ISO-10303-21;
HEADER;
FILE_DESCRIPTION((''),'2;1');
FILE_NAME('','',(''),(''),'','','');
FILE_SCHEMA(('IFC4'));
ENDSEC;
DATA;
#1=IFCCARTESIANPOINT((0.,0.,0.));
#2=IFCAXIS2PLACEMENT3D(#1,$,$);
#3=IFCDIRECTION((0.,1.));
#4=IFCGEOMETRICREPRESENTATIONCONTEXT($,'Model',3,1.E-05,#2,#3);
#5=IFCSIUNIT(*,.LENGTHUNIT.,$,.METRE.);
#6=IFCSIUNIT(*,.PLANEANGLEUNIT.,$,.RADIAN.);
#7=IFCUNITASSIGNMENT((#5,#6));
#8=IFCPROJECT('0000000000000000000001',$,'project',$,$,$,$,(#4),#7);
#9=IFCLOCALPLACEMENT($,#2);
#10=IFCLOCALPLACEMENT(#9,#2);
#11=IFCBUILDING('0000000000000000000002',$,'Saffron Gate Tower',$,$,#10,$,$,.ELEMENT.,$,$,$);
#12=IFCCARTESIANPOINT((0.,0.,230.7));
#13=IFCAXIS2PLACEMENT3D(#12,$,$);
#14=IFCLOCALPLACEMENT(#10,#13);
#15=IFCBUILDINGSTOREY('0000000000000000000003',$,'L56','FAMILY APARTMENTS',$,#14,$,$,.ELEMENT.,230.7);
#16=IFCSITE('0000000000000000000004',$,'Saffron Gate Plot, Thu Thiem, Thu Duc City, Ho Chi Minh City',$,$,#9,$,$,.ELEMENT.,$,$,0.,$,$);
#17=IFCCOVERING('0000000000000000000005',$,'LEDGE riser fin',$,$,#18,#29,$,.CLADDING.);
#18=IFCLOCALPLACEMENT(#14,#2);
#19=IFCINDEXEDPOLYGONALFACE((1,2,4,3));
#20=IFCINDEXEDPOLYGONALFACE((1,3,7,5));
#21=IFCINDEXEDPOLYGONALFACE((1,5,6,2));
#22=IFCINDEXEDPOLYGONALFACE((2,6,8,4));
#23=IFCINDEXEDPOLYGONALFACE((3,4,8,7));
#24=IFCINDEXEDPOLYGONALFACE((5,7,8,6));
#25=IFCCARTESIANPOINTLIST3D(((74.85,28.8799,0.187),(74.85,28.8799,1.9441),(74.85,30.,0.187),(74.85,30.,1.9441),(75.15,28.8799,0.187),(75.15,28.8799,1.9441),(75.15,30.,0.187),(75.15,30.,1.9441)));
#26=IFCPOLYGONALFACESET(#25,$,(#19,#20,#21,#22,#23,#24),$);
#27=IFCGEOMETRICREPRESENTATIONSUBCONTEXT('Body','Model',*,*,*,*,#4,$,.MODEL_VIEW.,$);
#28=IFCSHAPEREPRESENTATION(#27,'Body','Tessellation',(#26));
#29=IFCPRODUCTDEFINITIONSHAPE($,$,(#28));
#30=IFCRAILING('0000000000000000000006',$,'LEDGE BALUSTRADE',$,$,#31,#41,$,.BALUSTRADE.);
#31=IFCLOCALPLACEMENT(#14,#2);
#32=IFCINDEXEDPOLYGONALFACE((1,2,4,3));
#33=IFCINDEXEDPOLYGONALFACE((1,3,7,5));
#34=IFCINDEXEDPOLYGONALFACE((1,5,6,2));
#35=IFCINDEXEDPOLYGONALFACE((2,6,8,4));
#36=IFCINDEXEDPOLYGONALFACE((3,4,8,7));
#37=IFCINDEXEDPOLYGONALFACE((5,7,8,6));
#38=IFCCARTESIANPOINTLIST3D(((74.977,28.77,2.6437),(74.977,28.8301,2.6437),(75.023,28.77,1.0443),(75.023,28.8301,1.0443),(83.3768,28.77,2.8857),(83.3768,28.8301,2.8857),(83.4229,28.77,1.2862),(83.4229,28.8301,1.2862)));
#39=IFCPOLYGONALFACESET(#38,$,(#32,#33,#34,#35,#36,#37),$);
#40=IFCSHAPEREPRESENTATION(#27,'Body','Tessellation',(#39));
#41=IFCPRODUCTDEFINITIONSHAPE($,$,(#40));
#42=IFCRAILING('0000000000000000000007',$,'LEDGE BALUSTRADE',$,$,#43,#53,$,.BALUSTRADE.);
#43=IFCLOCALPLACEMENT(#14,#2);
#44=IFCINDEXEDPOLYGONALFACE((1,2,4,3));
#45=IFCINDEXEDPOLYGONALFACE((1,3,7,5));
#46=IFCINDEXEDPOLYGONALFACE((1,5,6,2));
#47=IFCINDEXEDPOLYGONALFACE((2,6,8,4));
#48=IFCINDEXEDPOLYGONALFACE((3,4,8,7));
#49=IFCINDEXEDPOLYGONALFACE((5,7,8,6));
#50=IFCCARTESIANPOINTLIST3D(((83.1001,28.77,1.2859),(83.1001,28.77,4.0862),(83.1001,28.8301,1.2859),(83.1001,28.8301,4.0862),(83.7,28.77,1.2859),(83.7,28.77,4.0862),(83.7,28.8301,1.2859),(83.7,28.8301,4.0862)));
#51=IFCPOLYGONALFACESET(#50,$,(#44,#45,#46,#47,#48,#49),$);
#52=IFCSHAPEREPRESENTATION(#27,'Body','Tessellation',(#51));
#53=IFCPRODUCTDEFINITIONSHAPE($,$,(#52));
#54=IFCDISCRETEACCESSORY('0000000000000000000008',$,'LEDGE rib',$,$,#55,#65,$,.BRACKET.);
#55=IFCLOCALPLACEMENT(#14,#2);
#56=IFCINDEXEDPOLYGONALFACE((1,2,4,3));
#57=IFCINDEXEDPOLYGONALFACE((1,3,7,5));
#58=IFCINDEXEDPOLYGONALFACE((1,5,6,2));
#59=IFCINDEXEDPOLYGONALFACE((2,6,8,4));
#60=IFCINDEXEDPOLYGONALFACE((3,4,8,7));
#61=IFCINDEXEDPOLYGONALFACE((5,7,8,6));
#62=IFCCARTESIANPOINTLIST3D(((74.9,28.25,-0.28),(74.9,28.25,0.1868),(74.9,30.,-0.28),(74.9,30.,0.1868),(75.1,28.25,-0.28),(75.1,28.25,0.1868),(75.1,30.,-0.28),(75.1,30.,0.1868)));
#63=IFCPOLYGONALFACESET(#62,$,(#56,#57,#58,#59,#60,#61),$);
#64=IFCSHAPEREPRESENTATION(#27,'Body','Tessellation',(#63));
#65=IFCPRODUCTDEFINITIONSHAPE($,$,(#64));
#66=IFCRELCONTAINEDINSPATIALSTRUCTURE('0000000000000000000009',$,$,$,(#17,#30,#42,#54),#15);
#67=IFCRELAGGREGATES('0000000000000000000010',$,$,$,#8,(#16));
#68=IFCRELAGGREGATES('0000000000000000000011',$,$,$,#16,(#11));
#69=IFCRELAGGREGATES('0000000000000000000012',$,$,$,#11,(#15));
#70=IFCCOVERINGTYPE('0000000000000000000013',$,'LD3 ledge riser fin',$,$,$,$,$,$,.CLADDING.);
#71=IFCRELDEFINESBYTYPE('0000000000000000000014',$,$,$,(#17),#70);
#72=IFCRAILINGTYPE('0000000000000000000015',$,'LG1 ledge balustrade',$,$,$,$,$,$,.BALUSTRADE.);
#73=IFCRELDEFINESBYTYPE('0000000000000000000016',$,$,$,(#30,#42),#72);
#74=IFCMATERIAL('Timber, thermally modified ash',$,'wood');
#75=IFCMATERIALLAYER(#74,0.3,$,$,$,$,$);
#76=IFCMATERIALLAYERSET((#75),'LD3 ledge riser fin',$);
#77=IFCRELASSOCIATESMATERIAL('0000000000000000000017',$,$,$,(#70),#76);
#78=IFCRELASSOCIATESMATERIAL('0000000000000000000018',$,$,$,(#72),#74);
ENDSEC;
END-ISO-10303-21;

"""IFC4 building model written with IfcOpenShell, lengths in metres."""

from ifc_helpers import new_model, si_unit, direction, frame, origin, origin_2d, place, context, subcontext, project, spatial, rectangle, extrude, material, layer, layer_set, type_object, element, save


model = new_model("IFC4")

# Units and contexts
model_context = context("Model", 3, precision=1e-05, world=origin(), true_north=direction((0.0, 1.0)))
body_context = subcontext(model_context, "Body", "Model", "MODEL_VIEW")
ifc_project = project(units=[si_unit("LENGTHUNIT", "METRE"), si_unit("PLANEANGLEUNIT", "RADIAN")], contexts=[model_context])

# Site, building, storey
site_placement = place(None, origin())
site = spatial("IfcSite", under=ifc_project, at=site_placement, Name="Saffron Gate Plot, Thu Thiem, Thu Duc City, Ho Chi Minh City", CompositionType="ELEMENT", RefElevation=0.0)
building_placement = place(site_placement, origin())
building = spatial("IfcBuilding", under=site, at=building_placement, Name="Saffron Gate Tower", CompositionType="ELEMENT")
storey_placement = place(building_placement, frame((0.0, 0.0, 230.7)))
storey = spatial("IfcBuildingStorey", under=building, at=storey_placement, Name="L56", Description="FAMILY APARTMENTS", CompositionType="ELEMENT", Elevation=230.7)

# Covering
ifc_material_1 = material(Name="Timber, thermally modified ash", Category="wood")
ifc_layer_1 = layer(ifc_material_1, 0.3)
ifc_layer_set_1 = layer_set([ifc_layer_1], Name="LD3 ledge riser fin")
covering_type_1 = type_object("IfcCoveringType", Name="LD3 ledge riser fin", PredefinedType="CLADDING", material=ifc_layer_set_1)
covering_1_placement = place(storey_placement, frame((75.0, 29.4399, 0.187), z_axis=(0.0, 0.0, 1.0), x_axis=(1.0, 0.0, 0.0)))
element("IfcCovering", 1, at=covering_1_placement, inside=storey, type_object=covering_type_1, Name="LEDGE riser fin", PredefinedType="CLADDING", context=body_context, shape_type="SweptSolid", body=[
    extrude(rectangle(XDim=0.3, YDim=1.1201, at=origin_2d()), origin(), (0.0, 0.0, 1.0), 1.7571),
])

# Railings
railing_type = type_object("IfcRailingType", Name="LG1 ledge balustrade", PredefinedType="BALUSTRADE", material=ifc_material_1)
railing_1_placement = place(storey_placement, frame((75.0, 28.8, 1.0439)))
element("IfcRailing", 2, at=railing_1_placement, inside=storey, type_object=railing_type, Name="LEDGE BALUSTRADE", PredefinedType="BALUSTRADE", context=body_context, shape_type="SweptSolid", body=[
    extrude(rectangle(XDim=0.0601, YDim=1.6001, at=origin_2d()), frame((0.0, 0.0, 0.8), z_axis=(0.999585, 0.0, 0.028791), x_axis=(0.0, 1.0, 0.0)), (0.0, 0.0, 1.0), 8.4033),
])
railing_2_placement = place(storey_placement, frame((83.1001, 28.8, 1.2859)))
element("IfcRailing", 3, at=railing_2_placement, inside=storey, type_object=railing_type, Name="LEDGE BALUSTRADE", PredefinedType="BALUSTRADE", context=body_context, shape_type="SweptSolid", body=[
    extrude(rectangle(XDim=0.0601, YDim=2.8003, at=origin_2d()), frame((0.0, 0.0, 1.4001), z_axis=(1.0, 0.0, 0.0), x_axis=(0.0, 1.0, 0.0)), (0.0, 0.0, 1.0), 0.5999),
])

# Discrete accessory
discrete_accessory_placement = place(storey_placement, frame((75.0, 29.125, -0.28), z_axis=(0.0, 0.0, 1.0), x_axis=(1.0, 0.0, 0.0)))
element("IfcDiscreteAccessory", 4, at=discrete_accessory_placement, inside=storey, Name="LEDGE rib", PredefinedType="BRACKET", context=body_context, shape_type="SweptSolid", body=[
    extrude(rectangle(XDim=0.2, YDim=1.75, at=origin_2d()), origin(), (0.0, 0.0, 1.0), 0.4668),
])

save(model, "model.ifc")
